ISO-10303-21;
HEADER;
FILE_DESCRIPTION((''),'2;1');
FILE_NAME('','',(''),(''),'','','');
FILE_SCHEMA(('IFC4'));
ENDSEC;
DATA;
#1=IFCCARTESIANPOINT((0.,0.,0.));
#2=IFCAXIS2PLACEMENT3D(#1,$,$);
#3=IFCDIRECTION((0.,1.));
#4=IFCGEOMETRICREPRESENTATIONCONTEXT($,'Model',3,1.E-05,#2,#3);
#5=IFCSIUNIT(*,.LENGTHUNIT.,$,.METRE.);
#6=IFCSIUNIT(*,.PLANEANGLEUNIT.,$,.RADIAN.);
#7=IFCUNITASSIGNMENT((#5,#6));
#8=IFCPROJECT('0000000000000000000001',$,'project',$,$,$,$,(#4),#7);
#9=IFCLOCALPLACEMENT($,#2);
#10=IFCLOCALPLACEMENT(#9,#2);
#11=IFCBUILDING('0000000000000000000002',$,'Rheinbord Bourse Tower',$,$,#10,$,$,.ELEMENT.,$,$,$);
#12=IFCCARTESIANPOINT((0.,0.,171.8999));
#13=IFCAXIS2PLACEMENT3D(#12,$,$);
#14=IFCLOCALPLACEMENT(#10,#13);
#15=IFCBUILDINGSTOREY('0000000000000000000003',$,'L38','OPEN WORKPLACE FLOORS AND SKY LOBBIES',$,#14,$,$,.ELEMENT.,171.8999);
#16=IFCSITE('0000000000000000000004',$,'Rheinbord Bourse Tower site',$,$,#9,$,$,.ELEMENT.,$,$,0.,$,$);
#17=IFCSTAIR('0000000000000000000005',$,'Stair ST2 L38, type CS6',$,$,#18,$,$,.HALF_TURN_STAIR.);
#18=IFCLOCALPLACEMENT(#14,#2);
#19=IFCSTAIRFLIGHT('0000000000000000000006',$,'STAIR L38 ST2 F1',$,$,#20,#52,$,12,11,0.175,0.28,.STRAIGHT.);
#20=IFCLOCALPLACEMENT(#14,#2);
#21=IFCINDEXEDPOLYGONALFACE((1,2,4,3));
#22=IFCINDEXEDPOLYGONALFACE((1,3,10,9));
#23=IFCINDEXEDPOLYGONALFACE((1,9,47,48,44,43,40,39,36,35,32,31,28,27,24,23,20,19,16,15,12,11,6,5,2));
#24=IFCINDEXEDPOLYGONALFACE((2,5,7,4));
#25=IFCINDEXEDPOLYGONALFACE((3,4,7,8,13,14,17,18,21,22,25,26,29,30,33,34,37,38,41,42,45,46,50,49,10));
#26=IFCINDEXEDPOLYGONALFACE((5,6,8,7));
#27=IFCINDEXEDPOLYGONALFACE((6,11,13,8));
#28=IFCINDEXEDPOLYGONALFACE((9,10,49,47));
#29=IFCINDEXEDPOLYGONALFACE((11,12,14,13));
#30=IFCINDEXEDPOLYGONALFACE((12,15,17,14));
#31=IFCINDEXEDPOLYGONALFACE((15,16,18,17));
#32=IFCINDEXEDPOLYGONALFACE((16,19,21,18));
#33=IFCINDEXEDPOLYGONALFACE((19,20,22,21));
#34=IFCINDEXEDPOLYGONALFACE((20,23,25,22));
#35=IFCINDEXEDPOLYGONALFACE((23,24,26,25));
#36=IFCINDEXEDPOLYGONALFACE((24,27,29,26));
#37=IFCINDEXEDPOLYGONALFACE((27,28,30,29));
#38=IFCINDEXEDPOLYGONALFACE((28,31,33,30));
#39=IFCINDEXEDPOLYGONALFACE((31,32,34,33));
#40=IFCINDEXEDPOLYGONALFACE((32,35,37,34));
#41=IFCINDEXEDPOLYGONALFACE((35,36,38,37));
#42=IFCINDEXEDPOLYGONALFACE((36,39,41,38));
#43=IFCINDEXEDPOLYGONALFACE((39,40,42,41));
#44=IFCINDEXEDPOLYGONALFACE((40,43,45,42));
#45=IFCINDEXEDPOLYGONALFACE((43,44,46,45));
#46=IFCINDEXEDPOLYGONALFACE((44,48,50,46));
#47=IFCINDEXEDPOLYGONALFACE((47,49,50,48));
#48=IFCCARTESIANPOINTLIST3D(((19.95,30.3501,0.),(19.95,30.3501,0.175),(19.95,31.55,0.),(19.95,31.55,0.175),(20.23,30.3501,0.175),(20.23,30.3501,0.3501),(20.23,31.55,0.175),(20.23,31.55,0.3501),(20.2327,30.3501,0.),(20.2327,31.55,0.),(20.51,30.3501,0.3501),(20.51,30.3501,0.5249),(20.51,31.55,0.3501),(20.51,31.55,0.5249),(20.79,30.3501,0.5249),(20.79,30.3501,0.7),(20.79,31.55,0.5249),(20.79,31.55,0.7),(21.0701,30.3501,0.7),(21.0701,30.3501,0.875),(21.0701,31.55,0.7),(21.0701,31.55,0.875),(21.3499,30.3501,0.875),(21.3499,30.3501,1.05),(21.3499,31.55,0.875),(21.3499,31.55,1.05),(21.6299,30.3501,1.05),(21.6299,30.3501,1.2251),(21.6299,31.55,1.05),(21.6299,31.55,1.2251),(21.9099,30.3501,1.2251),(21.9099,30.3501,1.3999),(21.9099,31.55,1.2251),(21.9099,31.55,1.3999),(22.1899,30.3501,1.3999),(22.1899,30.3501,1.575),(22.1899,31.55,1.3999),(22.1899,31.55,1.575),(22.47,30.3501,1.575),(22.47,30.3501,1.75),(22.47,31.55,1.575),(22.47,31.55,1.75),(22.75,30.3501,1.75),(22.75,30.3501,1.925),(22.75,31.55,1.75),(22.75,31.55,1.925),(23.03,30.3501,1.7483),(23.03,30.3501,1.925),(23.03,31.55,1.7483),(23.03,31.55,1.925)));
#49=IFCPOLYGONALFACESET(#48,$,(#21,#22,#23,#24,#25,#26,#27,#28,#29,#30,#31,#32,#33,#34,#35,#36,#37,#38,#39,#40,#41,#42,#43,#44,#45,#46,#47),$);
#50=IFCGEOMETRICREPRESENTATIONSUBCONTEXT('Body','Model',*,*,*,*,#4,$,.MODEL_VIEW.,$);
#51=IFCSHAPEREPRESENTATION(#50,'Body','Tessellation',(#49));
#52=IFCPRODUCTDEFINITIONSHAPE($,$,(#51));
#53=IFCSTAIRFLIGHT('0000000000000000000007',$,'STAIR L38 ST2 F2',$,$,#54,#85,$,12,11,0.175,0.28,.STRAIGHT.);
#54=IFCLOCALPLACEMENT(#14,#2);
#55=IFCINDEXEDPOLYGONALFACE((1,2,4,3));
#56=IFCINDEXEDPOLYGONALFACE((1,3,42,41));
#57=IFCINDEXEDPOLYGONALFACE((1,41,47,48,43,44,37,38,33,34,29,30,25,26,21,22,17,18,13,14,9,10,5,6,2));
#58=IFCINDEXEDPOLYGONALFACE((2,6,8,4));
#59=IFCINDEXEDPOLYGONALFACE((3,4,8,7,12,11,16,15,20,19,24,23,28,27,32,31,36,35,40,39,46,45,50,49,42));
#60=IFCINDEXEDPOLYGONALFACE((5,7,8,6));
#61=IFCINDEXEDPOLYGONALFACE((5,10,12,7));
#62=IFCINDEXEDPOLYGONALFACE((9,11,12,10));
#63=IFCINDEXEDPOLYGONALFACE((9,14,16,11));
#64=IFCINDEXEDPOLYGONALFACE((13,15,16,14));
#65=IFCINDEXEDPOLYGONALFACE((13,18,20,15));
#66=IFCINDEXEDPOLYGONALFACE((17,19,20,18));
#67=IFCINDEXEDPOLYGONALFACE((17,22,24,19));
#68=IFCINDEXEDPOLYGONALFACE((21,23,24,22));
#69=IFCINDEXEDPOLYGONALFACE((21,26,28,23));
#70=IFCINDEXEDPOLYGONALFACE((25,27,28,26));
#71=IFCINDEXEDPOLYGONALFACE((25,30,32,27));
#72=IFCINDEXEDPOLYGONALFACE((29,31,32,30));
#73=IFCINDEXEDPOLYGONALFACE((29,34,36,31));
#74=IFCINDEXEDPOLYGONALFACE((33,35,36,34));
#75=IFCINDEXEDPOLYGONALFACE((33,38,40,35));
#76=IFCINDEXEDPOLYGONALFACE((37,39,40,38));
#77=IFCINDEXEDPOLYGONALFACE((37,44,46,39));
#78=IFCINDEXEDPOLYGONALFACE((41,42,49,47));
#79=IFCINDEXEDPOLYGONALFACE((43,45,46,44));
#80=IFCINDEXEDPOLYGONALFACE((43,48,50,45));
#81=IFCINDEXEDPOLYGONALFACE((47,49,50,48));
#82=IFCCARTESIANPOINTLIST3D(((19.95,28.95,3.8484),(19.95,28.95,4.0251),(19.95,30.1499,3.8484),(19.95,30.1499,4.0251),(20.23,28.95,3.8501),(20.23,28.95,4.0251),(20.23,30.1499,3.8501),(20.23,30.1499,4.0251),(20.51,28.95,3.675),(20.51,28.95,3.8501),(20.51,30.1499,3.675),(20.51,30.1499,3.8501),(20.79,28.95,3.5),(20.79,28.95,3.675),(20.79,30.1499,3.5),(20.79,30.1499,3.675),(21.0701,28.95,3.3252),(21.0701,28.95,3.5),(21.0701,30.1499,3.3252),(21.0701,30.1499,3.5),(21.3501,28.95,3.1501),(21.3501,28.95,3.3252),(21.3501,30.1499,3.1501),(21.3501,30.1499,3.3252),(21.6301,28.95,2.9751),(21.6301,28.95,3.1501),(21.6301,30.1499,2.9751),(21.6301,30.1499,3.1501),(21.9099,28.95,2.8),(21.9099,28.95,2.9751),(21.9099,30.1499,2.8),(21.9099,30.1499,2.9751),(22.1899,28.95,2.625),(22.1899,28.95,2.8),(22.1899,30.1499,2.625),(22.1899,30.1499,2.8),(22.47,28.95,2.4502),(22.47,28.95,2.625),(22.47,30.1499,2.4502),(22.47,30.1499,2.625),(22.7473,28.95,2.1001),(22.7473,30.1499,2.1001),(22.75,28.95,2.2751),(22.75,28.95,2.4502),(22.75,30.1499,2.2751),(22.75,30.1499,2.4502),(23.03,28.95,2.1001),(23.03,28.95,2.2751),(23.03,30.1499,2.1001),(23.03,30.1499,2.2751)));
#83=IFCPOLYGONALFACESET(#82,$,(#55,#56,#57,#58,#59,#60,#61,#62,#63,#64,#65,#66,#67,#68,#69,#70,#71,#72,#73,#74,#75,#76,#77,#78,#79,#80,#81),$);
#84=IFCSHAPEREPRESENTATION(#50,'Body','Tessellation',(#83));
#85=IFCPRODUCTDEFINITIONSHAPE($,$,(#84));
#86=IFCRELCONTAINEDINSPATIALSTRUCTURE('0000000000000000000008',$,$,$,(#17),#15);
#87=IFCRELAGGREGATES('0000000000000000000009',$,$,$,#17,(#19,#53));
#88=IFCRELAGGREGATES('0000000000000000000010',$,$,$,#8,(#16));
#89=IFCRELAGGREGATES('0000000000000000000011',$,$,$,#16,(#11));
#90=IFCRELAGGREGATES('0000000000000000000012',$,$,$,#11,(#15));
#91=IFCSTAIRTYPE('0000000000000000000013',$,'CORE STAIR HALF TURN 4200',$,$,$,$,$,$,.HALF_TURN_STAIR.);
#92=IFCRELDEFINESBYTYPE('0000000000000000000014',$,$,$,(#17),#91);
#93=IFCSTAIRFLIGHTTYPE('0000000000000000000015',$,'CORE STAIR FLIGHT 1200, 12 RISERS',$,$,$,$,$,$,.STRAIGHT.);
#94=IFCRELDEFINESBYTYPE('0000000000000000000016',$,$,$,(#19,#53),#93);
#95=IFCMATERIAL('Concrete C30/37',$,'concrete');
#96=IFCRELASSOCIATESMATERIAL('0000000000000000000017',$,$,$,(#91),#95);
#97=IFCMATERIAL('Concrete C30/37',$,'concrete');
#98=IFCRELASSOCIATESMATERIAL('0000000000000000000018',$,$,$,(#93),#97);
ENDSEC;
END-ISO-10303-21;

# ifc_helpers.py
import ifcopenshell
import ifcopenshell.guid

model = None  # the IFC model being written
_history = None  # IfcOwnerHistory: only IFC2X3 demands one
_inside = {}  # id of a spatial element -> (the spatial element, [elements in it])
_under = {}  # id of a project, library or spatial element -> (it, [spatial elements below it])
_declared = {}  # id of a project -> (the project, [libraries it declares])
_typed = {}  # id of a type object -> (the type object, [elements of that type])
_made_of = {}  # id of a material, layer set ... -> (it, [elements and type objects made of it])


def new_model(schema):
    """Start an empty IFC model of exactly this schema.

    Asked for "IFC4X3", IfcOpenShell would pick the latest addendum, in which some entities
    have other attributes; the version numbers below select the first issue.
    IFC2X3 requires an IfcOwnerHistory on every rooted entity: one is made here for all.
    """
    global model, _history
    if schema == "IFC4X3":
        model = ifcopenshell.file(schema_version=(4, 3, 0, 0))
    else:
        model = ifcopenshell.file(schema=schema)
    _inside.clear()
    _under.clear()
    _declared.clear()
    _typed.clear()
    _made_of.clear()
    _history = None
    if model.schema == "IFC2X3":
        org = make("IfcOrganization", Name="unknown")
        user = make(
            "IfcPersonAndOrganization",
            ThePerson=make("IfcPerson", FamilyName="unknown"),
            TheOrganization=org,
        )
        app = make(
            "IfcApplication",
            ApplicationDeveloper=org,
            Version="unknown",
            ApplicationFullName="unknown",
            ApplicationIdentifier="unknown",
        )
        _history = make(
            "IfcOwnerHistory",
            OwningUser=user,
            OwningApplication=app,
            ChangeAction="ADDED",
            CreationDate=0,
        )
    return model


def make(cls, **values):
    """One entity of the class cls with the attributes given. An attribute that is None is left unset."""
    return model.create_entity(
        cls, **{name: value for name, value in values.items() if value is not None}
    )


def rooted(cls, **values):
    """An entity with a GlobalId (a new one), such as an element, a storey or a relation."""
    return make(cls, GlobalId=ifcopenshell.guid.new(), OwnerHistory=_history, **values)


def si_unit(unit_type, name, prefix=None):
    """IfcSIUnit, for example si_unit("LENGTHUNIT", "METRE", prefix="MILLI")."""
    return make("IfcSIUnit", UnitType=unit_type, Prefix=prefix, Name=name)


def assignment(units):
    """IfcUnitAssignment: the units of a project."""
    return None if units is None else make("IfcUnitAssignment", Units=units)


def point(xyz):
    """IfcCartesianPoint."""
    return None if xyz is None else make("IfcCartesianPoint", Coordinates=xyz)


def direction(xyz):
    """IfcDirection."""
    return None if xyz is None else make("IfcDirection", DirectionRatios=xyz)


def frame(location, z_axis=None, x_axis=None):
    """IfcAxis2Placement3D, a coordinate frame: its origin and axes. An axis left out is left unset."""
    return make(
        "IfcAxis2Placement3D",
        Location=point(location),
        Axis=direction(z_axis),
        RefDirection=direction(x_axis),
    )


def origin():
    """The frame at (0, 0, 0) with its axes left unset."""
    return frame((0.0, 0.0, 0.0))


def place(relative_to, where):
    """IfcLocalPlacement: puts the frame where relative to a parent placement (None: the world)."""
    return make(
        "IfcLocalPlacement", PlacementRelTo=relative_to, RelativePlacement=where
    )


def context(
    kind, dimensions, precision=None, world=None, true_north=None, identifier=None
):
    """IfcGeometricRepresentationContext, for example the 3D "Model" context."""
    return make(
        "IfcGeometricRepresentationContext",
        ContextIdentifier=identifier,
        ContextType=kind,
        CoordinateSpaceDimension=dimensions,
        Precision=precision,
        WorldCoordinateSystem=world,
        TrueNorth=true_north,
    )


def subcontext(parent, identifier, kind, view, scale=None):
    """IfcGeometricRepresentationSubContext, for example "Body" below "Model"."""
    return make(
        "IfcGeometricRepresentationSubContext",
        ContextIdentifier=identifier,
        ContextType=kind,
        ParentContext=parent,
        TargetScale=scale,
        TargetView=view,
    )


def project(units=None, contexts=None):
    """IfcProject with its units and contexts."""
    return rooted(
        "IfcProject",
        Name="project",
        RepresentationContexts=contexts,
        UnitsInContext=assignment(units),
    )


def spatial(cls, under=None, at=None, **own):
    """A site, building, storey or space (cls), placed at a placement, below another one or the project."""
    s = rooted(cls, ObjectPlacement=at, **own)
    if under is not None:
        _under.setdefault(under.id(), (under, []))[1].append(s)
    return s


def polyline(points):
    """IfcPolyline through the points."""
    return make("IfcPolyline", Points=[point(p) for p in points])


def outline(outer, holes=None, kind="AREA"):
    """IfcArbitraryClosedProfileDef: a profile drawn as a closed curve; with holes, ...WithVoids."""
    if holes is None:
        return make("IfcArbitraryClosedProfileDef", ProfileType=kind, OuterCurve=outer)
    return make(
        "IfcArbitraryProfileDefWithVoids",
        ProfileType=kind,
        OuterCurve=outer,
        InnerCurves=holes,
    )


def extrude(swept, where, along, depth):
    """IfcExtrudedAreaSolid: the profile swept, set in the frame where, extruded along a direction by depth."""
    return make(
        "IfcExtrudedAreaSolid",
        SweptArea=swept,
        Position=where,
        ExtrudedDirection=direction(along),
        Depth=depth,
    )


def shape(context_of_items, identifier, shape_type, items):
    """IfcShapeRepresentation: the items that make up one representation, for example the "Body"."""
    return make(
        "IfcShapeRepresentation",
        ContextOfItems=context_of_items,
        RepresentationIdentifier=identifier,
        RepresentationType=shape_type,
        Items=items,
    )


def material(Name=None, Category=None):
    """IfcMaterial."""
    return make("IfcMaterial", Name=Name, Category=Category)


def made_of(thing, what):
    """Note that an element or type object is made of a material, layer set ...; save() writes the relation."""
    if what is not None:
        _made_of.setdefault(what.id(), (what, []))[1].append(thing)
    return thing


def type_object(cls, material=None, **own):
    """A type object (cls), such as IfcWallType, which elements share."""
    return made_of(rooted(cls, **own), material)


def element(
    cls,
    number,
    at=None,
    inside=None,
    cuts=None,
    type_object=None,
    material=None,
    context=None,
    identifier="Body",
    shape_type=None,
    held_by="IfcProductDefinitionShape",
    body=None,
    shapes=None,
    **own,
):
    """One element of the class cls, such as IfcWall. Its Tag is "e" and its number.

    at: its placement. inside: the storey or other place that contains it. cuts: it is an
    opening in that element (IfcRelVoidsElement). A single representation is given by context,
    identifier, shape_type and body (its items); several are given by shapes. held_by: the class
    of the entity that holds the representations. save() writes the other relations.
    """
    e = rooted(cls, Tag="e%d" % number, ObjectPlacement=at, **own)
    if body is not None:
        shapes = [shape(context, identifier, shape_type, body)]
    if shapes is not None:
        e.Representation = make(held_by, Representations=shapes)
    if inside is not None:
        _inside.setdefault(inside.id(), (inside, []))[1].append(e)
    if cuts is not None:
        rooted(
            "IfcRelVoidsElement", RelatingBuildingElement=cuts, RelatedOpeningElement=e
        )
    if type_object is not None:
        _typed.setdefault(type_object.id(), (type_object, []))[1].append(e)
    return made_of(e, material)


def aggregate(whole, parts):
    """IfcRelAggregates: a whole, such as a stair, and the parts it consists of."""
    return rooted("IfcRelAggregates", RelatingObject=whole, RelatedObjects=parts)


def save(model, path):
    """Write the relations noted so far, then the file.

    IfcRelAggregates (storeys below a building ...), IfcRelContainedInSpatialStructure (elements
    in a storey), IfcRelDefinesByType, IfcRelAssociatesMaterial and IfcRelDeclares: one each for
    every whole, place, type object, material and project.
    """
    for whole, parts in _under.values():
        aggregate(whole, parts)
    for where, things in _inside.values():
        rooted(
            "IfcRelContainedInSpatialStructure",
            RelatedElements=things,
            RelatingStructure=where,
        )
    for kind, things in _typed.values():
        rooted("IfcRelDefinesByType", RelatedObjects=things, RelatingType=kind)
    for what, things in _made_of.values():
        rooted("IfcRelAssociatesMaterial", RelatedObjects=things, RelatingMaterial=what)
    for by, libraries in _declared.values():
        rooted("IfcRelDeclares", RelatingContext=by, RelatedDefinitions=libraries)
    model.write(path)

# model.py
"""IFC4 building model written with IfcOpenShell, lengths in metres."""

from ifc_helpers import new_model, si_unit, direction, frame, origin, place, context, subcontext, project, spatial, polyline, outline, extrude, material, type_object, element, aggregate, save


model = new_model("IFC4")

# Units and contexts
model_context = context("Model", 3, precision=1e-05, world=origin(), true_north=direction((0.0, 1.0)))
body_context = subcontext(model_context, "Body", "Model", "MODEL_VIEW")
ifc_project = project(units=[si_unit("LENGTHUNIT", "METRE"), si_unit("PLANEANGLEUNIT", "RADIAN")], contexts=[model_context])

# Site, building, storey
site_placement = place(None, origin())
site = spatial("IfcSite", under=ifc_project, at=site_placement, Name="Rheinbord Bourse Tower site", CompositionType="ELEMENT", RefElevation=0.0)
building_placement = place(site_placement, origin())
building = spatial("IfcBuilding", under=site, at=building_placement, Name="Rheinbord Bourse Tower", CompositionType="ELEMENT")
storey_placement = place(building_placement, frame((0.0, 0.0, 171.8999)))
storey = spatial("IfcBuildingStorey", under=building, at=storey_placement, Name="L38", Description="OPEN WORKPLACE FLOORS AND SKY LOBBIES", CompositionType="ELEMENT", Elevation=171.8999)

# Stair, stair flights
ifc_material_1 = material(Name="Concrete C30/37", Category="concrete")
stair_type = type_object("IfcStairType", Name="CORE STAIR HALF TURN 4200", PredefinedType="HALF_TURN_STAIR", material=ifc_material_1)
stair_placement = place(storey_placement, origin())
stair = element("IfcStair", 1, at=stair_placement, inside=storey, type_object=stair_type, Name="Stair ST2 L38, type CS6", PredefinedType="HALF_TURN_STAIR")
ifc_material_2 = material(Name="Concrete C30/37", Category="concrete")
stair_flight_type = type_object("IfcStairFlightType", Name="CORE STAIR FLIGHT 1200, 12 RISERS", PredefinedType="STRAIGHT", material=ifc_material_2)
stair_flight_1_placement = place(storey_placement, frame((19.95, 30.95, 0.0), z_axis=(0.0, 0.0, 1.0), x_axis=(1.0, 0.0, 0.0)))
stair_flight_1 = element("IfcStairFlight", 2, at=stair_flight_1_placement, type_object=stair_flight_type, Name="STAIR L38 ST2 F1", NumberOfRisers=12, NumberOfTreads=11, PredefinedType="STRAIGHT", RiserHeight=0.175, TreadLength=0.28, context=body_context, shape_type="SweptSolid", body=[
    extrude(outline(polyline([(0.0, 0.0), (0.0, 0.175), (0.28, 0.175), (0.28, 0.3501), (0.5601, 0.3501), (0.5601, 0.5249), (0.8401, 0.5249), (0.8401, 0.7), (1.1201, 0.7), (1.1201, 0.875), (1.3999, 0.875), (1.3999, 1.05), (1.6799, 1.05), (1.6799, 1.2251), (1.96, 1.2251), (1.96, 1.3999), (2.24, 1.3999), (2.24, 1.575), (2.52, 1.575), (2.52, 1.75), (2.8, 1.75), (2.8, 1.925), (3.0801, 1.925), (3.0801, 2.1001), (3.0801, 1.7483), (0.2827, 0.0), (0.0, 0.0)])), frame((0.0, 0.6001, 0.0), z_axis=(0.0, -1.0, 0.0), x_axis=(1.0, 0.0, 0.0)), (0.0, 0.0, 1.0), 1.2),
])
stair_flight_2_placement = place(storey_placement, frame((23.03, 29.55, 2.1001), z_axis=(0.0, 0.0, 1.0), x_axis=(-1.0, 0.0, 0.0)))
stair_flight_2 = element("IfcStairFlight", 3, at=stair_flight_2_placement, type_object=stair_flight_type, Name="STAIR L38 ST2 F2", NumberOfRisers=12, NumberOfTreads=11, PredefinedType="STRAIGHT", RiserHeight=0.175, TreadLength=0.28, context=body_context, shape_type="SweptSolid", body=[
    extrude(outline(polyline([(0.0, 0.0), (0.0, 0.175), (0.28, 0.175), (0.28, 0.3501), (0.5601, 0.3501), (0.5601, 0.5249), (0.8401, 0.5249), (0.8401, 0.7), (1.1201, 0.7), (1.1201, 0.875), (1.3999, 0.875), (1.3999, 1.05), (1.6799, 1.05), (1.6799, 1.2251), (1.96, 1.2251), (1.96, 1.3999), (2.24, 1.3999), (2.24, 1.575), (2.52, 1.575), (2.52, 1.75), (2.8, 1.75), (2.8, 1.925), (3.0801, 1.925), (3.0801, 2.1001), (3.0801, 1.7483), (0.2827, 0.0), (0.0, 0.0)])), frame((0.0, 0.6001, 0.0), z_axis=(0.0, -1.0, 0.0), x_axis=(1.0, 0.0, 0.0)), (0.0, 0.0, 1.0), 1.2),
])
aggregate(stair, [stair_flight_1, stair_flight_2])

save(model, "model.ifc")
